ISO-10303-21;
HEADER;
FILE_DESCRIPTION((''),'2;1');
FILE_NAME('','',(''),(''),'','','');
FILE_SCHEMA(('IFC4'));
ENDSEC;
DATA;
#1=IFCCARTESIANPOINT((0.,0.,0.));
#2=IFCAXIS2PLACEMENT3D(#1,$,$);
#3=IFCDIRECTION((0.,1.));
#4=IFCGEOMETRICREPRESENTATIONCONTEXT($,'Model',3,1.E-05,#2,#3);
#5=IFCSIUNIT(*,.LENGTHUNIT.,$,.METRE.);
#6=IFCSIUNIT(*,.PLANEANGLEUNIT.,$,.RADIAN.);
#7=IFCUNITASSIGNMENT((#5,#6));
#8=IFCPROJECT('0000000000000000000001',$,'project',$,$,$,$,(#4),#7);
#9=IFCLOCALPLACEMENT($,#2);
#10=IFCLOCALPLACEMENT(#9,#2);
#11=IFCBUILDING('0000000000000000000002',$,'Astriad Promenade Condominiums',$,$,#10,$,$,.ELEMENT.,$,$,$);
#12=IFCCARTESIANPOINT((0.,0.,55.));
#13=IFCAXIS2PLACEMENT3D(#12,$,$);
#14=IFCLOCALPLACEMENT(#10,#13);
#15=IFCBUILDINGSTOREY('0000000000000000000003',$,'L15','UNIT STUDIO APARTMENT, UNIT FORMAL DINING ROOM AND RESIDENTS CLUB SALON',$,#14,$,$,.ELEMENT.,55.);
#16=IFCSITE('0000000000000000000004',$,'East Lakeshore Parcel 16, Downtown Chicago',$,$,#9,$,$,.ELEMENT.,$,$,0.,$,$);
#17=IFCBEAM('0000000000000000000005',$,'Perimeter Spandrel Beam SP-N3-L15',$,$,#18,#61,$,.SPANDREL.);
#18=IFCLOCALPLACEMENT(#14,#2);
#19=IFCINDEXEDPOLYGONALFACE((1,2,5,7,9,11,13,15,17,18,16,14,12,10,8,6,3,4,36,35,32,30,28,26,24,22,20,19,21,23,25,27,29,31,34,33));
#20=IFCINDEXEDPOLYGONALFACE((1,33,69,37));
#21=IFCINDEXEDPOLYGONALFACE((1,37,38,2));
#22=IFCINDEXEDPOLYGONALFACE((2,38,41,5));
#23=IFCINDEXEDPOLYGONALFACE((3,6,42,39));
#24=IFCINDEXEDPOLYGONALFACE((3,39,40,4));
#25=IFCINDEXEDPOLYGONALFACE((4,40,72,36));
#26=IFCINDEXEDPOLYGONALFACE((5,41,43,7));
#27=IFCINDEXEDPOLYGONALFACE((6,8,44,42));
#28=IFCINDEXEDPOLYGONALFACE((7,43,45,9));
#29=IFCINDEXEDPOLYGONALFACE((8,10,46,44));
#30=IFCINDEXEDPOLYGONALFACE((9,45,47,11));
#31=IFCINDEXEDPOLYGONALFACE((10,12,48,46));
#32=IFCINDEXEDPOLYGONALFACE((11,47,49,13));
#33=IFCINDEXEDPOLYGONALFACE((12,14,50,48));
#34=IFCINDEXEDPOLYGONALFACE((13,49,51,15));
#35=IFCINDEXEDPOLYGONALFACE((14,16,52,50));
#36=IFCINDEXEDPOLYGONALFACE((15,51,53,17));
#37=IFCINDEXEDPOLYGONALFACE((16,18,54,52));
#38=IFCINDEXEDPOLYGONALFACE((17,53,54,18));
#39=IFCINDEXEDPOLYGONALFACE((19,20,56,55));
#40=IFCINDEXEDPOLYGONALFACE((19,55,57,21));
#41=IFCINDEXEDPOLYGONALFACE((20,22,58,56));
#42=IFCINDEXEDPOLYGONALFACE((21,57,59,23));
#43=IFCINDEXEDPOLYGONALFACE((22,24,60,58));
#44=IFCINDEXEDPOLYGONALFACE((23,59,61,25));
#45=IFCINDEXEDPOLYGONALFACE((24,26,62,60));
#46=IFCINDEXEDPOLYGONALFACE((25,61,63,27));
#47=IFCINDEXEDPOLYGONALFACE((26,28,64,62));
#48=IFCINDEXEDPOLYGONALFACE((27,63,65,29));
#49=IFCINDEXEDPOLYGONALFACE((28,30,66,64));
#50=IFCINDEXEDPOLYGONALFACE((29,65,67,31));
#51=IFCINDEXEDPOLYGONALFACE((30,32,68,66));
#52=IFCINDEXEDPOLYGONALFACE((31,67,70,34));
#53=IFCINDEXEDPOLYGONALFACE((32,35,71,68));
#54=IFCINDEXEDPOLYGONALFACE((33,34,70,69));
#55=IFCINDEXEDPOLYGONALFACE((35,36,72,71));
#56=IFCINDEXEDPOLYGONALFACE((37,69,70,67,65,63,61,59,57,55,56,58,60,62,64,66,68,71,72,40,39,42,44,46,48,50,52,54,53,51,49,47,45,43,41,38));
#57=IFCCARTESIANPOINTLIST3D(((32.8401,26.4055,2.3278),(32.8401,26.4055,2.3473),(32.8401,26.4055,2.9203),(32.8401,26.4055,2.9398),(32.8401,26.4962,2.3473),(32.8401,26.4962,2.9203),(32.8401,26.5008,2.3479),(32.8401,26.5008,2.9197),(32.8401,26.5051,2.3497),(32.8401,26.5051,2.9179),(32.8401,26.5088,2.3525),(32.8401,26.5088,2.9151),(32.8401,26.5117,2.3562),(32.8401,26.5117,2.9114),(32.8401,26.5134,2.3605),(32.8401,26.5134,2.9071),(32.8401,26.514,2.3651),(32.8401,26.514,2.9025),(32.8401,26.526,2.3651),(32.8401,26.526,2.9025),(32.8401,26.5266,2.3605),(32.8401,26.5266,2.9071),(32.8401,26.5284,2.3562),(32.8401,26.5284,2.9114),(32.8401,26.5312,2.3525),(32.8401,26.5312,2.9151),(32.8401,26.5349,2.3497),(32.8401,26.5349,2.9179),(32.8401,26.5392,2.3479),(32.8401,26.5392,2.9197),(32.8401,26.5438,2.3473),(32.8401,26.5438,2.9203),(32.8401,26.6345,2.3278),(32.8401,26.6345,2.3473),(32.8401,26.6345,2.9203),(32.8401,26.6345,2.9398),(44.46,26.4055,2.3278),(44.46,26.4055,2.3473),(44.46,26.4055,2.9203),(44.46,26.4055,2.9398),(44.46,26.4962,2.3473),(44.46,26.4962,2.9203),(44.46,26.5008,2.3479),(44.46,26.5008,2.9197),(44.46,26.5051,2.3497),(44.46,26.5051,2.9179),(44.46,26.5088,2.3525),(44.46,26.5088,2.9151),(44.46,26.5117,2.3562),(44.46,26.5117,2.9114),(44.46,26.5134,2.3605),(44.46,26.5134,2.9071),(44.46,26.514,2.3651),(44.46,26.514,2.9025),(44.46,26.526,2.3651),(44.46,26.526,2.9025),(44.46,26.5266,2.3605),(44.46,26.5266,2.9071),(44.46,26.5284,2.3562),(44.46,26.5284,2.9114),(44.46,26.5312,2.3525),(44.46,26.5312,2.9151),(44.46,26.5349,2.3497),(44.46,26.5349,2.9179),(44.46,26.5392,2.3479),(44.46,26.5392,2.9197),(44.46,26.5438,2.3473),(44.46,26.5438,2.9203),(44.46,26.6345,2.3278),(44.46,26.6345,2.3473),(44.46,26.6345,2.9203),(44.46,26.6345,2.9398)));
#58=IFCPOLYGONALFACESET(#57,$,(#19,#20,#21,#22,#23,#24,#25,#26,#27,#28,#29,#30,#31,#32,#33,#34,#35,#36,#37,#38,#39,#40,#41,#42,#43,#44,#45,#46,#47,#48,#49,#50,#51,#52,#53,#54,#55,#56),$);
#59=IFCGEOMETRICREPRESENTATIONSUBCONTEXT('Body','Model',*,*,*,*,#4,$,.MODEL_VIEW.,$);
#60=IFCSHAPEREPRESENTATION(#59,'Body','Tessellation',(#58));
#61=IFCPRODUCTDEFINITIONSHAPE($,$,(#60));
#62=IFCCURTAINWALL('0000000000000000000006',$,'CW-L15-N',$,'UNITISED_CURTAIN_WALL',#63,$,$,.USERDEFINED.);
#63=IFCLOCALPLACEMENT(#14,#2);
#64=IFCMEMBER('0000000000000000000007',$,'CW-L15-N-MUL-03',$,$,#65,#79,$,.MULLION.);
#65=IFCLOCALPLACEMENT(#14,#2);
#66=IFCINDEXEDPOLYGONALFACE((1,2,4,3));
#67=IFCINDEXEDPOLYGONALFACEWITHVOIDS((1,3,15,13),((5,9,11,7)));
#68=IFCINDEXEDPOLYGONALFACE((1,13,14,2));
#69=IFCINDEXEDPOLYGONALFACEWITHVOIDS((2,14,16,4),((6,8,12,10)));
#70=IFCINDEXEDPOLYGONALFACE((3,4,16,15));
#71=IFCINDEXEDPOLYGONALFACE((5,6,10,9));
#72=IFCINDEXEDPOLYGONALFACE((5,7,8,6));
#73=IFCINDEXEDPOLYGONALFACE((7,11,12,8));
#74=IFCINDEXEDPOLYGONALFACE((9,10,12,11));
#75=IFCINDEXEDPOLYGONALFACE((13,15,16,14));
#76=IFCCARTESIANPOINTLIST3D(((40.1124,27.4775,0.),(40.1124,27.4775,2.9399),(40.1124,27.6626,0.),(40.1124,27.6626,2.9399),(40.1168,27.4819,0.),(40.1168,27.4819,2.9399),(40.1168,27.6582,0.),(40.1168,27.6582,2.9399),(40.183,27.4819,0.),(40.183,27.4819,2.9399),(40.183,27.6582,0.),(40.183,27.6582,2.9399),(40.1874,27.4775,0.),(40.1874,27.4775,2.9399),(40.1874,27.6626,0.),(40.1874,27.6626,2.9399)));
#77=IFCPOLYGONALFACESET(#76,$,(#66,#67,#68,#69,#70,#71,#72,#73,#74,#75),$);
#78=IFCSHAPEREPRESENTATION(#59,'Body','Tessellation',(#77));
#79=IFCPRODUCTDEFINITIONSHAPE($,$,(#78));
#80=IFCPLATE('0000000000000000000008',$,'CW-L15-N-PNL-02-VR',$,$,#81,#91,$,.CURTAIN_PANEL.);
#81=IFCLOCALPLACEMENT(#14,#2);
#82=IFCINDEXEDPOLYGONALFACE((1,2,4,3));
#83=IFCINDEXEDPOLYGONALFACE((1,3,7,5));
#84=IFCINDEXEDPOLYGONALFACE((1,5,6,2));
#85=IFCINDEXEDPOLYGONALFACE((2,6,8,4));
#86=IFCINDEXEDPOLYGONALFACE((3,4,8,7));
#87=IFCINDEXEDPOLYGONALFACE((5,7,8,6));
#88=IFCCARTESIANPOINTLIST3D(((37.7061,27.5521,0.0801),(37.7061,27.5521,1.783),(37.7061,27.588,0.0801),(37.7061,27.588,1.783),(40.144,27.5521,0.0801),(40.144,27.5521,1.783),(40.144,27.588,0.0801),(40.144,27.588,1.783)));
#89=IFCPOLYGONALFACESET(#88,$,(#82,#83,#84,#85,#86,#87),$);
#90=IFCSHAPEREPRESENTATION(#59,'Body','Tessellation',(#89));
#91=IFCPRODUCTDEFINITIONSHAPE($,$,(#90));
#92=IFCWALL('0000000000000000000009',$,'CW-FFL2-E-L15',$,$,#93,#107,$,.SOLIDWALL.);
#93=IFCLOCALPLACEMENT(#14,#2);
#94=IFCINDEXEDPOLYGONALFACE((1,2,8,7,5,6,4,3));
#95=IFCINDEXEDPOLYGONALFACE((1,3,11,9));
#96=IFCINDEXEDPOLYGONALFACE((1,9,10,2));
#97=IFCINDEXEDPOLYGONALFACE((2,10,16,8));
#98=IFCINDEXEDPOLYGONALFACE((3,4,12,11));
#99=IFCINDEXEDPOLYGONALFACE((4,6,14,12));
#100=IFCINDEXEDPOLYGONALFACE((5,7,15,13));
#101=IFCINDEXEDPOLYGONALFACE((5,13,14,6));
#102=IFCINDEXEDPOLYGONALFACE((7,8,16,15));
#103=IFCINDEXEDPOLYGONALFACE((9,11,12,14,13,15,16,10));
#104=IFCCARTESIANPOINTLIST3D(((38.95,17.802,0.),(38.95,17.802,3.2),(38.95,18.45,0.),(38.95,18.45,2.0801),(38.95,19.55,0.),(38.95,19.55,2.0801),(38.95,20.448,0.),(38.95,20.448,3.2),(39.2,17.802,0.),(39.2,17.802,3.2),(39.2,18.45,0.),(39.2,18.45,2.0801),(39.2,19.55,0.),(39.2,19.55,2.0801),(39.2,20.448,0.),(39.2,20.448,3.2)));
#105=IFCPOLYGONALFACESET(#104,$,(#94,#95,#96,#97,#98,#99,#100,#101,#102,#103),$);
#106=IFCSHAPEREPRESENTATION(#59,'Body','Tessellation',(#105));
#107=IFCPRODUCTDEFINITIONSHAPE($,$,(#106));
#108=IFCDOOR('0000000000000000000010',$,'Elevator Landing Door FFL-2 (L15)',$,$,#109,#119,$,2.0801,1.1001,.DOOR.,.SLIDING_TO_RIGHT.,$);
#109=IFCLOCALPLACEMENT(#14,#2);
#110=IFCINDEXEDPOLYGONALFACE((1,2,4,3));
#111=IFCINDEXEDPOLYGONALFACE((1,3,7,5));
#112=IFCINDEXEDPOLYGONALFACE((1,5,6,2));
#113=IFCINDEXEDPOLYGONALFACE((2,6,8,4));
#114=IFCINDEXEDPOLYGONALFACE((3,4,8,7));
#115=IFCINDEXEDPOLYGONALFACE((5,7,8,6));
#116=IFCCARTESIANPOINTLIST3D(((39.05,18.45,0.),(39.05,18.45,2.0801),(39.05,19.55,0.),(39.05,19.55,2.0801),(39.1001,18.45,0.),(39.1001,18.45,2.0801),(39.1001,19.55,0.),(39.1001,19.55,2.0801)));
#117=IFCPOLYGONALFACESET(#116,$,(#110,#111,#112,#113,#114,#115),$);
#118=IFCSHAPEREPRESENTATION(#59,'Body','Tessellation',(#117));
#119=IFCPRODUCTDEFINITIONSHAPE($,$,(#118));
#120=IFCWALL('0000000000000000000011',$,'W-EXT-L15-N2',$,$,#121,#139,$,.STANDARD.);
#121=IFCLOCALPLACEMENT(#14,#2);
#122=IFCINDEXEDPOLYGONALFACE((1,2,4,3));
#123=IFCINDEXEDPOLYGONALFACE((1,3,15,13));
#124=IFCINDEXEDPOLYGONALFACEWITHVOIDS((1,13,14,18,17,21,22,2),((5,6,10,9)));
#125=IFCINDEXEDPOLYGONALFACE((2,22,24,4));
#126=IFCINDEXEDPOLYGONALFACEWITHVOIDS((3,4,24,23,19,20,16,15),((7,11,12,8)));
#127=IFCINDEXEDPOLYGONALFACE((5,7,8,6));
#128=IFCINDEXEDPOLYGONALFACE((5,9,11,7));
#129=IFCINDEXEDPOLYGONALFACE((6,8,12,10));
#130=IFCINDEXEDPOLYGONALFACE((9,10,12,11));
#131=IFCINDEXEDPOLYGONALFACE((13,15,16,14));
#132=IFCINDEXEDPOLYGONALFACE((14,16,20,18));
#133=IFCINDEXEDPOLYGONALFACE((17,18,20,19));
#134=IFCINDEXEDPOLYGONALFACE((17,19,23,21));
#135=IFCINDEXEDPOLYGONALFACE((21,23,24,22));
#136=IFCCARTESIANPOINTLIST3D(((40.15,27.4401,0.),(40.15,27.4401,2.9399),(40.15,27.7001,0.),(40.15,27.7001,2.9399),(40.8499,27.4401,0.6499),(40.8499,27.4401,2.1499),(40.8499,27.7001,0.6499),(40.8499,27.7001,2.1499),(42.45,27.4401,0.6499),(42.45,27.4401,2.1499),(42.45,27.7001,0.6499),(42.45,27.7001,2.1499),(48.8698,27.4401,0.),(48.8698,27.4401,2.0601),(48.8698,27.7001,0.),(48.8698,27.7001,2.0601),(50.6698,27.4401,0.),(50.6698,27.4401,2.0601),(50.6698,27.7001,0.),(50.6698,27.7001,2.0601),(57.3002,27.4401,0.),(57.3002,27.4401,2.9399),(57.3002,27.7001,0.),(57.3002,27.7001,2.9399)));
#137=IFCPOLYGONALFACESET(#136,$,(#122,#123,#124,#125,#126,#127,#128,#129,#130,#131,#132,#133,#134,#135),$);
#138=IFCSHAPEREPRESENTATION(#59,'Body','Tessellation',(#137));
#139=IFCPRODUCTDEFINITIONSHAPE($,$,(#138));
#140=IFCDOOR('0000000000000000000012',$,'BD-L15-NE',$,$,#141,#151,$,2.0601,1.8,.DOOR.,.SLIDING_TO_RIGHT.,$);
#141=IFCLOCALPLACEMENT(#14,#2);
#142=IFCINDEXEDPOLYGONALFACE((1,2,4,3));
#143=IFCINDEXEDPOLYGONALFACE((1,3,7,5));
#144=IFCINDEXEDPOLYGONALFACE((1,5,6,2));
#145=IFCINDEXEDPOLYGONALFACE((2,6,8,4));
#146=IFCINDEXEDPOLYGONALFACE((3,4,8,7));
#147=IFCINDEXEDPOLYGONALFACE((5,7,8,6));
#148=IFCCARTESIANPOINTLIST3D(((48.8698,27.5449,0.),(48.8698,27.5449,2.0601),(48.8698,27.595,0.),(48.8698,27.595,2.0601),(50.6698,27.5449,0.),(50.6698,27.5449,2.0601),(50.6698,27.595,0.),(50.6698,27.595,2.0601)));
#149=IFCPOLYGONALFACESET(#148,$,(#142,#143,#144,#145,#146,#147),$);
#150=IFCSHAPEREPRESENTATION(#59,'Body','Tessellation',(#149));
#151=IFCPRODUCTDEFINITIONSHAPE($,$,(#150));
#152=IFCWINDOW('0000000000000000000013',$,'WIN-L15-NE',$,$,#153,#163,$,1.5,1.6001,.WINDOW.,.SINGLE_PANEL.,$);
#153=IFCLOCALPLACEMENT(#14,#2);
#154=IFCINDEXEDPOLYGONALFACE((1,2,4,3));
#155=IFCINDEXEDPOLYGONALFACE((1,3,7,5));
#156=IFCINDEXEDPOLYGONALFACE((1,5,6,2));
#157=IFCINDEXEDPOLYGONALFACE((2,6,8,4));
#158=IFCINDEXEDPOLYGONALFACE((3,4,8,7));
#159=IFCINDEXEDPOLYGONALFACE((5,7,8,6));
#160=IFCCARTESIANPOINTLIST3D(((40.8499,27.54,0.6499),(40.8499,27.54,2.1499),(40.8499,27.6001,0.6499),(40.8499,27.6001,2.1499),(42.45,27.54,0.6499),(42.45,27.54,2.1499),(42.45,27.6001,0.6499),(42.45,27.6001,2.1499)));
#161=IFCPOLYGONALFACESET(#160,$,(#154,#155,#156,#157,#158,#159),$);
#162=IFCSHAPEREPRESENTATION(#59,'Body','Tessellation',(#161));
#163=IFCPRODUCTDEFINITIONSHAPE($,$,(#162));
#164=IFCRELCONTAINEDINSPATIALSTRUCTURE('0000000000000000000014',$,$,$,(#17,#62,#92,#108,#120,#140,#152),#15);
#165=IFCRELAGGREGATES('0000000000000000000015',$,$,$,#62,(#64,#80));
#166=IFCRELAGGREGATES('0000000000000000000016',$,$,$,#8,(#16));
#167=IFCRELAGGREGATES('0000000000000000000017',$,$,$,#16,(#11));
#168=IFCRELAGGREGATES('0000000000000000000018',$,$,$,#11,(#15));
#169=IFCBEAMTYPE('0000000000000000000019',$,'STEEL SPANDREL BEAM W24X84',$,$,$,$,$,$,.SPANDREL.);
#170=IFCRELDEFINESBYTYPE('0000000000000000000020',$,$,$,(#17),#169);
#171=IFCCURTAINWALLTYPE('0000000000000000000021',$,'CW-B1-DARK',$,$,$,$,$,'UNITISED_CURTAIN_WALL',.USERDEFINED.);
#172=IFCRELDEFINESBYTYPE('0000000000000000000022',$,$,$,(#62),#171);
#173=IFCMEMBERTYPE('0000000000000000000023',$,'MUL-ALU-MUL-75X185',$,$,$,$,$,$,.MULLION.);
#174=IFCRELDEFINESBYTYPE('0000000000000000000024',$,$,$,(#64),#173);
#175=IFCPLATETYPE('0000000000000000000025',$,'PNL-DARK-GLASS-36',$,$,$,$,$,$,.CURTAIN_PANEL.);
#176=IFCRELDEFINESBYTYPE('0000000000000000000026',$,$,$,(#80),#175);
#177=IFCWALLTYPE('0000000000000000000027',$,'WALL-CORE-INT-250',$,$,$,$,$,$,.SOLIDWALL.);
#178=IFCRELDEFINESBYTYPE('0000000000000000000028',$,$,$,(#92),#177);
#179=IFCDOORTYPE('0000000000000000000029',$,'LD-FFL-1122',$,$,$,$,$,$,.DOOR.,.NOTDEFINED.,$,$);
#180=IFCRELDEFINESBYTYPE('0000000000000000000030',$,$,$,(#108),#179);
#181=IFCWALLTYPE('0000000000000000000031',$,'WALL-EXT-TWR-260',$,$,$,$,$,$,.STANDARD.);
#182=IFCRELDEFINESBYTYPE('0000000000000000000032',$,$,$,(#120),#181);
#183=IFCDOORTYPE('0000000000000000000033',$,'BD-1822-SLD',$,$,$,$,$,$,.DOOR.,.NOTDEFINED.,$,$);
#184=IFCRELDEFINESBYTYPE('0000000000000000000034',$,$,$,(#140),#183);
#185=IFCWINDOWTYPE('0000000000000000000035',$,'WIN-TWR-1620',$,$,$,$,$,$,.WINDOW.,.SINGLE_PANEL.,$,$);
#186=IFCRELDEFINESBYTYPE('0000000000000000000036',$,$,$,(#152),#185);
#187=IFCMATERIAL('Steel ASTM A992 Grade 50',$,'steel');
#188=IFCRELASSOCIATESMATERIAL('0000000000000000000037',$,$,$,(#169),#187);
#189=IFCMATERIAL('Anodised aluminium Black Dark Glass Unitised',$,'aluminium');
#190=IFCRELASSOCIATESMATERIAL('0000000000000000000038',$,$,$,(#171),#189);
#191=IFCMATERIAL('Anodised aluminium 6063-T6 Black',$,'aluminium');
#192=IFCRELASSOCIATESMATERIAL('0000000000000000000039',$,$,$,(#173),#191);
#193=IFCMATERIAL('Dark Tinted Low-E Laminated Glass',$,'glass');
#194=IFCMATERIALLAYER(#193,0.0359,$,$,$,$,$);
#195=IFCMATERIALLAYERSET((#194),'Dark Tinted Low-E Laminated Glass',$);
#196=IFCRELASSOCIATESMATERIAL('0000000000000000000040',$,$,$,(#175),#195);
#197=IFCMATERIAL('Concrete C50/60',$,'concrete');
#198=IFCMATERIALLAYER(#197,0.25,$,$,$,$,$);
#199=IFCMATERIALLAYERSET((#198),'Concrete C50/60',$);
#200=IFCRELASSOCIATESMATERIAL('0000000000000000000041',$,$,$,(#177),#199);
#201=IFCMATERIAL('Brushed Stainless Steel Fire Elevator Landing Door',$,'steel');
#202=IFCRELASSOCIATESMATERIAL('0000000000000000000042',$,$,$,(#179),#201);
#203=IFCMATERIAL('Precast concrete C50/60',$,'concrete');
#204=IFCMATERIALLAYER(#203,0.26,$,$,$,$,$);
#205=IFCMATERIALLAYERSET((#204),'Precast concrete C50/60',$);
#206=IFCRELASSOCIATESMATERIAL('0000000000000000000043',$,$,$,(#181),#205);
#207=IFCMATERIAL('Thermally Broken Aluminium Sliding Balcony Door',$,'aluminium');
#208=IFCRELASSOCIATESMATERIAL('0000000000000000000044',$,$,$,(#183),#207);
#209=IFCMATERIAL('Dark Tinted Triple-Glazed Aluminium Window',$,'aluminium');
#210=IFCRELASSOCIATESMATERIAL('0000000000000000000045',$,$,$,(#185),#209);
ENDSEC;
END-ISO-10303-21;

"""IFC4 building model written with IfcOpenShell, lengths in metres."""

from ifc_helpers import new_model, si_unit, direction, frame, frame_2d, origin, origin_2d, place, context, subcontext, project, spatial, rectangle, hollow_rectangle, i_section, extrude, source, transform, mapped, material, layer, layer_set, material_profile, profile_set, type_object, type_shapes, element, fill, aggregate, save


model = new_model("IFC4")

# Units and contexts
model_context = context("Model", 3, precision=1e-05, world=origin(), true_north=direction((0.0, 1.0)))
body_context = subcontext(model_context, "Body", "Model", "MODEL_VIEW")
ifc_project = project(units=[si_unit("LENGTHUNIT", "METRE"), si_unit("PLANEANGLEUNIT", "RADIAN")], contexts=[model_context])

# Site, building, storey
site_placement = place(None, origin())
site = spatial("IfcSite", under=ifc_project, at=site_placement, Name="East Lakeshore Parcel 16, Downtown Chicago", CompositionType="ELEMENT", RefElevation=0.0)
building_placement = place(site_placement, origin())
building = spatial("IfcBuilding", under=site, at=building_placement, Name="Astriad Promenade Condominiums", CompositionType="ELEMENT")
storey_placement = place(building_placement, frame((0.0, 0.0, 55.0)))
storey = spatial("IfcBuildingStorey", under=building, at=storey_placement, Name="L15", Description="UNIT STUDIO APARTMENT, UNIT FORMAL DINING ROOM AND RESIDENTS CLUB SALON", CompositionType="ELEMENT", Elevation=55.0)

# Shared definitions
ifc_material_1 = material(Name="Steel ASTM A992 Grade 50", Category="steel")

# Beam
ifc_material_profile_1 = material_profile(ifc_material_1, i_section(OverallWidth=0.229, OverallDepth=0.6121, WebThickness=0.012, FlangeThickness=0.0195, FilletRadius=0.0178, at=origin_2d()), Name="W24X84")
ifc_profile_set_1 = profile_set([ifc_material_profile_1], Name="Steel ASTM A992 Grade 50")
beam_type_1 = type_object("IfcBeamType", Name="STEEL SPANDREL BEAM W24X84", PredefinedType="SPANDREL", material=ifc_profile_set_1)
shared_shape_1 = source(origin(), body_context, "Body", "SweptSolid", [
    extrude(i_section(OverallWidth=0.229, OverallDepth=0.6121, WebThickness=0.012, FlangeThickness=0.0195, FilletRadius=0.0178, at=origin_2d()), origin(), (0.0, 0.0, 1.0), 11.6199),
])
type_shapes(beam_type_1, [shared_shape_1])
beam_1_placement = place(storey_placement, frame((44.46, 26.52, 2.6338), z_axis=(-1.0, 0.0, 0.0), x_axis=(0.0, -1.0, 0.0)))
element("IfcBeam", 1, at=beam_1_placement, inside=storey, type_object=beam_type_1, Name="Perimeter Spandrel Beam SP-N3-L15", PredefinedType="SPANDREL", context=body_context, shape_type="MappedRepresentation", body=[
    mapped(shared_shape_1, transform((0.0, 0.0, 0.0), scale=1.0)),
])

# Curtain wall, member, plate
ifc_material_2 = material(Name="Anodised aluminium Black Dark Glass Unitised", Category="aluminium")
curtain_wall_type = type_object("IfcCurtainWallType", Name="CW-B1-DARK", ElementType="UNITISED_CURTAIN_WALL", PredefinedType="USERDEFINED", material=ifc_material_2)
curtain_wall_placement = place(storey_placement, origin())
curtain_wall = element("IfcCurtainWall", 2, at=curtain_wall_placement, inside=storey, type_object=curtain_wall_type, Name="CW-L15-N", ObjectType="UNITISED_CURTAIN_WALL", PredefinedType="USERDEFINED")
ifc_material_3 = material(Name="Anodised aluminium 6063-T6 Black", Category="aluminium")
ifc_material_profile_2 = material_profile(ifc_material_3, hollow_rectangle(XDim=0.075, YDim=0.1851, WallThickness=0.0044, at=origin_2d()), Name="ALU-MUL-75X185")
ifc_profile_set_2 = profile_set([ifc_material_profile_2], Name="Anodised aluminium 6063-T6 Black")
member_type = type_object("IfcMemberType", Name="MUL-ALU-MUL-75X185", PredefinedType="MULLION", material=ifc_profile_set_2)
shared_shape_2 = source(origin(), body_context, "Body", "SweptSolid", [
    extrude(hollow_rectangle(XDim=0.075, YDim=0.1851, WallThickness=0.0044, at=origin_2d()), origin(), (0.0, 0.0, 1.0), 2.9399),
])
type_shapes(member_type, [shared_shape_2])
member_placement = place(storey_placement, frame((40.1499, 27.5701, 0.0), z_axis=(0.0, 0.0, 1.0), x_axis=(1.0, 0.0, 0.0)))
member = element("IfcMember", 3, at=member_placement, type_object=member_type, Name="CW-L15-N-MUL-03", PredefinedType="MULLION", context=body_context, shape_type="MappedRepresentation", body=[
    mapped(shared_shape_2, transform((0.0, 0.0, 0.0), scale=1.0)),
])
ifc_material_4 = material(Name="Dark Tinted Low-E Laminated Glass", Category="glass")
ifc_layer_1 = layer(ifc_material_4, 0.0359)
ifc_layer_set_1 = layer_set([ifc_layer_1], Name="Dark Tinted Low-E Laminated Glass")
plate_type = type_object("IfcPlateType", Name="PNL-DARK-GLASS-36", PredefinedType="CURTAIN_PANEL", material=ifc_layer_set_1)
shared_shape_3 = source(origin(), body_context, "Body", "SweptSolid", [
    extrude(rectangle(XDim=2.438, YDim=0.0359, at=origin_2d()), origin(), (0.0, 0.0, 1.0), 1.7029),
])
type_shapes(plate_type, [shared_shape_3])
plate_placement = place(storey_placement, frame((38.925, 27.5701, 0.0801), z_axis=(0.0, 0.0, 1.0), x_axis=(1.0, 0.0, 0.0)))
plate = element("IfcPlate", 4, at=plate_placement, type_object=plate_type, Name="CW-L15-N-PNL-02-VR", PredefinedType="CURTAIN_PANEL", context=body_context, shape_type="MappedRepresentation", body=[
    mapped(shared_shape_3, transform((0.0, 0.0, 0.0), scale=1.0)),
])
aggregate(curtain_wall, [member, plate])

# Wall, opening, door
ifc_material_5 = material(Name="Concrete C50/60", Category="concrete")
ifc_layer_2 = layer(ifc_material_5, 0.25)
ifc_layer_set_2 = layer_set([ifc_layer_2], Name="Concrete C50/60")
wall_type_1 = type_object("IfcWallType", Name="WALL-CORE-INT-250", PredefinedType="SOLIDWALL", material=ifc_layer_set_2)
wall_1_placement = place(storey_placement, frame((39.075, 17.802, 0.0), z_axis=(0.0, 0.0, 1.0), x_axis=(0.0, 1.0, 0.0)))
wall_1 = element("IfcWall", 5, at=wall_1_placement, inside=storey, type_object=wall_type_1, Name="CW-FFL2-E-L15", PredefinedType="SOLIDWALL", context=body_context, shape_type="SweptSolid", body=[
    extrude(rectangle(XDim=2.646, YDim=0.25, at=frame_2d((1.323, 0.0))), origin(), (0.0, 0.0, 1.0), 3.2),
])
opening_1_placement = place(wall_1_placement, frame((0.6479, 0.0, 0.0)))
opening_1 = element("IfcOpeningElement", 6, at=opening_1_placement, cuts=wall_1, PredefinedType="OPENING", context=body_context, shape_type="SweptSolid", body=[
    extrude(rectangle(XDim=1.1001, YDim=2.0801, at=frame_2d((0.55, 1.04))), frame((0.0, 0.135, 0.0), z_axis=(0.0, -1.0, 0.0), x_axis=(1.0, 0.0, 0.0)), (0.0, 0.0, 1.0), 0.27),
])
ifc_material_6 = material(Name="Brushed Stainless Steel Fire Elevator Landing Door", Category="steel")
door_type_1 = type_object("IfcDoorType", Name="LD-FFL-1122", OperationType="NOTDEFINED", PredefinedType="DOOR", material=ifc_material_6)
shared_shape_4 = source(origin(), body_context, "Body", "SweptSolid", [
    extrude(rectangle(XDim=1.1001, YDim=2.0801, at=frame_2d((0.55, 1.04))), frame((0.0, 0.0249, 0.0), z_axis=(0.0, -1.0, 0.0), x_axis=(1.0, 0.0, 0.0)), (0.0, 0.0, 1.0), 0.05),
])
type_shapes(door_type_1, [shared_shape_4])
door_1_placement = place(opening_1_placement, origin())
door_1 = element("IfcDoor", 7, at=door_1_placement, inside=storey, type_object=door_type_1, Name="Elevator Landing Door FFL-2 (L15)", OperationType="SLIDING_TO_RIGHT", OverallHeight=2.0801, OverallWidth=1.1001, PredefinedType="DOOR", context=body_context, shape_type="MappedRepresentation", body=[
    mapped(shared_shape_4, transform((0.0, 0.0, 0.0), scale=1.0)),
])
fill(opening_1, door_1)

# Wall, openings, door, window
ifc_material_7 = material(Name="Precast concrete C50/60", Category="concrete")
ifc_layer_3 = layer(ifc_material_7, 0.26)
ifc_layer_set_3 = layer_set([ifc_layer_3], Name="Precast concrete C50/60")
wall_type_2 = type_object("IfcWallType", Name="WALL-EXT-TWR-260", PredefinedType="STANDARD", material=ifc_layer_set_3)
wall_2_placement = place(storey_placement, frame((40.1499, 27.5701, 0.0), z_axis=(0.0, 0.0, 1.0), x_axis=(1.0, 0.0, 0.0)))
wall_2 = element("IfcWall", 8, at=wall_2_placement, inside=storey, type_object=wall_type_2, Name="W-EXT-L15-N2", PredefinedType="STANDARD", context=body_context, shape_type="SweptSolid", body=[
    extrude(rectangle(XDim=17.1501, YDim=0.26, at=frame_2d((8.5752, 0.0))), origin(), (0.0, 0.0, 1.0), 2.9399),
])
opening_2_placement = place(wall_2_placement, frame((8.72, 0.0, 0.0)))
opening_2 = element("IfcOpeningElement", 9, at=opening_2_placement, cuts=wall_2, PredefinedType="OPENING", context=body_context, shape_type="SweptSolid", body=[
    extrude(rectangle(XDim=1.8, YDim=2.0601, at=frame_2d((0.8999, 1.03))), frame((0.0, 0.1399, 0.0), z_axis=(0.0, -1.0, 0.0), x_axis=(1.0, 0.0, 0.0)), (0.0, 0.0, 1.0), 0.28),
])
opening_3_placement = place(wall_2_placement, frame((0.7, 0.0, 0.6499)))
opening_3 = element("IfcOpeningElement", 10, at=opening_3_placement, cuts=wall_2, PredefinedType="OPENING", context=body_context, shape_type="SweptSolid", body=[
    extrude(rectangle(XDim=1.6001, YDim=1.5, at=frame_2d((0.8, 0.75))), frame((0.0, 0.1399, 0.0), z_axis=(0.0, -1.0, 0.0), x_axis=(1.0, 0.0, 0.0)), (0.0, 0.0, 1.0), 0.28),
])
ifc_material_8 = material(Name="Thermally Broken Aluminium Sliding Balcony Door", Category="aluminium")
door_type_2 = type_object("IfcDoorType", Name="BD-1822-SLD", OperationType="NOTDEFINED", PredefinedType="DOOR", material=ifc_material_8)
shared_shape_5 = source(origin(), body_context, "Body", "SweptSolid", [
    extrude(rectangle(XDim=1.8, YDim=2.0601, at=frame_2d((0.8999, 1.03))), frame((0.0, 0.0249, 0.0), z_axis=(0.0, -1.0, 0.0), x_axis=(1.0, 0.0, 0.0)), (0.0, 0.0, 1.0), 0.05),
])
type_shapes(door_type_2, [shared_shape_5])
door_2_placement = place(opening_2_placement, origin())
door_2 = element("IfcDoor", 11, at=door_2_placement, inside=storey, type_object=door_type_2, Name="BD-L15-NE", OperationType="SLIDING_TO_RIGHT", OverallHeight=2.0601, OverallWidth=1.8, PredefinedType="DOOR", context=body_context, shape_type="MappedRepresentation", body=[
    mapped(shared_shape_5, transform((0.0, 0.0, 0.0), scale=1.0)),
])
fill(opening_2, door_2)
ifc_material_9 = material(Name="Dark Tinted Triple-Glazed Aluminium Window", Category="aluminium")
window_type = type_object("IfcWindowType", Name="WIN-TWR-1620", PartitioningType="SINGLE_PANEL", PredefinedType="WINDOW", material=ifc_material_9)
shared_shape_6 = source(origin(), body_context, "Body", "SweptSolid", [
    extrude(rectangle(XDim=1.6001, YDim=1.5, at=frame_2d((0.8, 0.75))), frame((0.0, 0.03, 0.0), z_axis=(0.0, -1.0, 0.0), x_axis=(1.0, 0.0, 0.0)), (0.0, 0.0, 1.0), 0.0601),
])
type_shapes(window_type, [shared_shape_6])
window_placement = place(opening_3_placement, origin())
window = element("IfcWindow", 12, at=window_placement, inside=storey, type_object=window_type, Name="WIN-L15-NE", OverallHeight=1.5, OverallWidth=1.6001, PartitioningType="SINGLE_PANEL", PredefinedType="WINDOW", context=body_context, shape_type="MappedRepresentation", body=[
    mapped(shared_shape_6, transform((0.0, 0.0, 0.0), scale=1.0)),
])
fill(opening_3, window)

save(model, "model.ifc")
